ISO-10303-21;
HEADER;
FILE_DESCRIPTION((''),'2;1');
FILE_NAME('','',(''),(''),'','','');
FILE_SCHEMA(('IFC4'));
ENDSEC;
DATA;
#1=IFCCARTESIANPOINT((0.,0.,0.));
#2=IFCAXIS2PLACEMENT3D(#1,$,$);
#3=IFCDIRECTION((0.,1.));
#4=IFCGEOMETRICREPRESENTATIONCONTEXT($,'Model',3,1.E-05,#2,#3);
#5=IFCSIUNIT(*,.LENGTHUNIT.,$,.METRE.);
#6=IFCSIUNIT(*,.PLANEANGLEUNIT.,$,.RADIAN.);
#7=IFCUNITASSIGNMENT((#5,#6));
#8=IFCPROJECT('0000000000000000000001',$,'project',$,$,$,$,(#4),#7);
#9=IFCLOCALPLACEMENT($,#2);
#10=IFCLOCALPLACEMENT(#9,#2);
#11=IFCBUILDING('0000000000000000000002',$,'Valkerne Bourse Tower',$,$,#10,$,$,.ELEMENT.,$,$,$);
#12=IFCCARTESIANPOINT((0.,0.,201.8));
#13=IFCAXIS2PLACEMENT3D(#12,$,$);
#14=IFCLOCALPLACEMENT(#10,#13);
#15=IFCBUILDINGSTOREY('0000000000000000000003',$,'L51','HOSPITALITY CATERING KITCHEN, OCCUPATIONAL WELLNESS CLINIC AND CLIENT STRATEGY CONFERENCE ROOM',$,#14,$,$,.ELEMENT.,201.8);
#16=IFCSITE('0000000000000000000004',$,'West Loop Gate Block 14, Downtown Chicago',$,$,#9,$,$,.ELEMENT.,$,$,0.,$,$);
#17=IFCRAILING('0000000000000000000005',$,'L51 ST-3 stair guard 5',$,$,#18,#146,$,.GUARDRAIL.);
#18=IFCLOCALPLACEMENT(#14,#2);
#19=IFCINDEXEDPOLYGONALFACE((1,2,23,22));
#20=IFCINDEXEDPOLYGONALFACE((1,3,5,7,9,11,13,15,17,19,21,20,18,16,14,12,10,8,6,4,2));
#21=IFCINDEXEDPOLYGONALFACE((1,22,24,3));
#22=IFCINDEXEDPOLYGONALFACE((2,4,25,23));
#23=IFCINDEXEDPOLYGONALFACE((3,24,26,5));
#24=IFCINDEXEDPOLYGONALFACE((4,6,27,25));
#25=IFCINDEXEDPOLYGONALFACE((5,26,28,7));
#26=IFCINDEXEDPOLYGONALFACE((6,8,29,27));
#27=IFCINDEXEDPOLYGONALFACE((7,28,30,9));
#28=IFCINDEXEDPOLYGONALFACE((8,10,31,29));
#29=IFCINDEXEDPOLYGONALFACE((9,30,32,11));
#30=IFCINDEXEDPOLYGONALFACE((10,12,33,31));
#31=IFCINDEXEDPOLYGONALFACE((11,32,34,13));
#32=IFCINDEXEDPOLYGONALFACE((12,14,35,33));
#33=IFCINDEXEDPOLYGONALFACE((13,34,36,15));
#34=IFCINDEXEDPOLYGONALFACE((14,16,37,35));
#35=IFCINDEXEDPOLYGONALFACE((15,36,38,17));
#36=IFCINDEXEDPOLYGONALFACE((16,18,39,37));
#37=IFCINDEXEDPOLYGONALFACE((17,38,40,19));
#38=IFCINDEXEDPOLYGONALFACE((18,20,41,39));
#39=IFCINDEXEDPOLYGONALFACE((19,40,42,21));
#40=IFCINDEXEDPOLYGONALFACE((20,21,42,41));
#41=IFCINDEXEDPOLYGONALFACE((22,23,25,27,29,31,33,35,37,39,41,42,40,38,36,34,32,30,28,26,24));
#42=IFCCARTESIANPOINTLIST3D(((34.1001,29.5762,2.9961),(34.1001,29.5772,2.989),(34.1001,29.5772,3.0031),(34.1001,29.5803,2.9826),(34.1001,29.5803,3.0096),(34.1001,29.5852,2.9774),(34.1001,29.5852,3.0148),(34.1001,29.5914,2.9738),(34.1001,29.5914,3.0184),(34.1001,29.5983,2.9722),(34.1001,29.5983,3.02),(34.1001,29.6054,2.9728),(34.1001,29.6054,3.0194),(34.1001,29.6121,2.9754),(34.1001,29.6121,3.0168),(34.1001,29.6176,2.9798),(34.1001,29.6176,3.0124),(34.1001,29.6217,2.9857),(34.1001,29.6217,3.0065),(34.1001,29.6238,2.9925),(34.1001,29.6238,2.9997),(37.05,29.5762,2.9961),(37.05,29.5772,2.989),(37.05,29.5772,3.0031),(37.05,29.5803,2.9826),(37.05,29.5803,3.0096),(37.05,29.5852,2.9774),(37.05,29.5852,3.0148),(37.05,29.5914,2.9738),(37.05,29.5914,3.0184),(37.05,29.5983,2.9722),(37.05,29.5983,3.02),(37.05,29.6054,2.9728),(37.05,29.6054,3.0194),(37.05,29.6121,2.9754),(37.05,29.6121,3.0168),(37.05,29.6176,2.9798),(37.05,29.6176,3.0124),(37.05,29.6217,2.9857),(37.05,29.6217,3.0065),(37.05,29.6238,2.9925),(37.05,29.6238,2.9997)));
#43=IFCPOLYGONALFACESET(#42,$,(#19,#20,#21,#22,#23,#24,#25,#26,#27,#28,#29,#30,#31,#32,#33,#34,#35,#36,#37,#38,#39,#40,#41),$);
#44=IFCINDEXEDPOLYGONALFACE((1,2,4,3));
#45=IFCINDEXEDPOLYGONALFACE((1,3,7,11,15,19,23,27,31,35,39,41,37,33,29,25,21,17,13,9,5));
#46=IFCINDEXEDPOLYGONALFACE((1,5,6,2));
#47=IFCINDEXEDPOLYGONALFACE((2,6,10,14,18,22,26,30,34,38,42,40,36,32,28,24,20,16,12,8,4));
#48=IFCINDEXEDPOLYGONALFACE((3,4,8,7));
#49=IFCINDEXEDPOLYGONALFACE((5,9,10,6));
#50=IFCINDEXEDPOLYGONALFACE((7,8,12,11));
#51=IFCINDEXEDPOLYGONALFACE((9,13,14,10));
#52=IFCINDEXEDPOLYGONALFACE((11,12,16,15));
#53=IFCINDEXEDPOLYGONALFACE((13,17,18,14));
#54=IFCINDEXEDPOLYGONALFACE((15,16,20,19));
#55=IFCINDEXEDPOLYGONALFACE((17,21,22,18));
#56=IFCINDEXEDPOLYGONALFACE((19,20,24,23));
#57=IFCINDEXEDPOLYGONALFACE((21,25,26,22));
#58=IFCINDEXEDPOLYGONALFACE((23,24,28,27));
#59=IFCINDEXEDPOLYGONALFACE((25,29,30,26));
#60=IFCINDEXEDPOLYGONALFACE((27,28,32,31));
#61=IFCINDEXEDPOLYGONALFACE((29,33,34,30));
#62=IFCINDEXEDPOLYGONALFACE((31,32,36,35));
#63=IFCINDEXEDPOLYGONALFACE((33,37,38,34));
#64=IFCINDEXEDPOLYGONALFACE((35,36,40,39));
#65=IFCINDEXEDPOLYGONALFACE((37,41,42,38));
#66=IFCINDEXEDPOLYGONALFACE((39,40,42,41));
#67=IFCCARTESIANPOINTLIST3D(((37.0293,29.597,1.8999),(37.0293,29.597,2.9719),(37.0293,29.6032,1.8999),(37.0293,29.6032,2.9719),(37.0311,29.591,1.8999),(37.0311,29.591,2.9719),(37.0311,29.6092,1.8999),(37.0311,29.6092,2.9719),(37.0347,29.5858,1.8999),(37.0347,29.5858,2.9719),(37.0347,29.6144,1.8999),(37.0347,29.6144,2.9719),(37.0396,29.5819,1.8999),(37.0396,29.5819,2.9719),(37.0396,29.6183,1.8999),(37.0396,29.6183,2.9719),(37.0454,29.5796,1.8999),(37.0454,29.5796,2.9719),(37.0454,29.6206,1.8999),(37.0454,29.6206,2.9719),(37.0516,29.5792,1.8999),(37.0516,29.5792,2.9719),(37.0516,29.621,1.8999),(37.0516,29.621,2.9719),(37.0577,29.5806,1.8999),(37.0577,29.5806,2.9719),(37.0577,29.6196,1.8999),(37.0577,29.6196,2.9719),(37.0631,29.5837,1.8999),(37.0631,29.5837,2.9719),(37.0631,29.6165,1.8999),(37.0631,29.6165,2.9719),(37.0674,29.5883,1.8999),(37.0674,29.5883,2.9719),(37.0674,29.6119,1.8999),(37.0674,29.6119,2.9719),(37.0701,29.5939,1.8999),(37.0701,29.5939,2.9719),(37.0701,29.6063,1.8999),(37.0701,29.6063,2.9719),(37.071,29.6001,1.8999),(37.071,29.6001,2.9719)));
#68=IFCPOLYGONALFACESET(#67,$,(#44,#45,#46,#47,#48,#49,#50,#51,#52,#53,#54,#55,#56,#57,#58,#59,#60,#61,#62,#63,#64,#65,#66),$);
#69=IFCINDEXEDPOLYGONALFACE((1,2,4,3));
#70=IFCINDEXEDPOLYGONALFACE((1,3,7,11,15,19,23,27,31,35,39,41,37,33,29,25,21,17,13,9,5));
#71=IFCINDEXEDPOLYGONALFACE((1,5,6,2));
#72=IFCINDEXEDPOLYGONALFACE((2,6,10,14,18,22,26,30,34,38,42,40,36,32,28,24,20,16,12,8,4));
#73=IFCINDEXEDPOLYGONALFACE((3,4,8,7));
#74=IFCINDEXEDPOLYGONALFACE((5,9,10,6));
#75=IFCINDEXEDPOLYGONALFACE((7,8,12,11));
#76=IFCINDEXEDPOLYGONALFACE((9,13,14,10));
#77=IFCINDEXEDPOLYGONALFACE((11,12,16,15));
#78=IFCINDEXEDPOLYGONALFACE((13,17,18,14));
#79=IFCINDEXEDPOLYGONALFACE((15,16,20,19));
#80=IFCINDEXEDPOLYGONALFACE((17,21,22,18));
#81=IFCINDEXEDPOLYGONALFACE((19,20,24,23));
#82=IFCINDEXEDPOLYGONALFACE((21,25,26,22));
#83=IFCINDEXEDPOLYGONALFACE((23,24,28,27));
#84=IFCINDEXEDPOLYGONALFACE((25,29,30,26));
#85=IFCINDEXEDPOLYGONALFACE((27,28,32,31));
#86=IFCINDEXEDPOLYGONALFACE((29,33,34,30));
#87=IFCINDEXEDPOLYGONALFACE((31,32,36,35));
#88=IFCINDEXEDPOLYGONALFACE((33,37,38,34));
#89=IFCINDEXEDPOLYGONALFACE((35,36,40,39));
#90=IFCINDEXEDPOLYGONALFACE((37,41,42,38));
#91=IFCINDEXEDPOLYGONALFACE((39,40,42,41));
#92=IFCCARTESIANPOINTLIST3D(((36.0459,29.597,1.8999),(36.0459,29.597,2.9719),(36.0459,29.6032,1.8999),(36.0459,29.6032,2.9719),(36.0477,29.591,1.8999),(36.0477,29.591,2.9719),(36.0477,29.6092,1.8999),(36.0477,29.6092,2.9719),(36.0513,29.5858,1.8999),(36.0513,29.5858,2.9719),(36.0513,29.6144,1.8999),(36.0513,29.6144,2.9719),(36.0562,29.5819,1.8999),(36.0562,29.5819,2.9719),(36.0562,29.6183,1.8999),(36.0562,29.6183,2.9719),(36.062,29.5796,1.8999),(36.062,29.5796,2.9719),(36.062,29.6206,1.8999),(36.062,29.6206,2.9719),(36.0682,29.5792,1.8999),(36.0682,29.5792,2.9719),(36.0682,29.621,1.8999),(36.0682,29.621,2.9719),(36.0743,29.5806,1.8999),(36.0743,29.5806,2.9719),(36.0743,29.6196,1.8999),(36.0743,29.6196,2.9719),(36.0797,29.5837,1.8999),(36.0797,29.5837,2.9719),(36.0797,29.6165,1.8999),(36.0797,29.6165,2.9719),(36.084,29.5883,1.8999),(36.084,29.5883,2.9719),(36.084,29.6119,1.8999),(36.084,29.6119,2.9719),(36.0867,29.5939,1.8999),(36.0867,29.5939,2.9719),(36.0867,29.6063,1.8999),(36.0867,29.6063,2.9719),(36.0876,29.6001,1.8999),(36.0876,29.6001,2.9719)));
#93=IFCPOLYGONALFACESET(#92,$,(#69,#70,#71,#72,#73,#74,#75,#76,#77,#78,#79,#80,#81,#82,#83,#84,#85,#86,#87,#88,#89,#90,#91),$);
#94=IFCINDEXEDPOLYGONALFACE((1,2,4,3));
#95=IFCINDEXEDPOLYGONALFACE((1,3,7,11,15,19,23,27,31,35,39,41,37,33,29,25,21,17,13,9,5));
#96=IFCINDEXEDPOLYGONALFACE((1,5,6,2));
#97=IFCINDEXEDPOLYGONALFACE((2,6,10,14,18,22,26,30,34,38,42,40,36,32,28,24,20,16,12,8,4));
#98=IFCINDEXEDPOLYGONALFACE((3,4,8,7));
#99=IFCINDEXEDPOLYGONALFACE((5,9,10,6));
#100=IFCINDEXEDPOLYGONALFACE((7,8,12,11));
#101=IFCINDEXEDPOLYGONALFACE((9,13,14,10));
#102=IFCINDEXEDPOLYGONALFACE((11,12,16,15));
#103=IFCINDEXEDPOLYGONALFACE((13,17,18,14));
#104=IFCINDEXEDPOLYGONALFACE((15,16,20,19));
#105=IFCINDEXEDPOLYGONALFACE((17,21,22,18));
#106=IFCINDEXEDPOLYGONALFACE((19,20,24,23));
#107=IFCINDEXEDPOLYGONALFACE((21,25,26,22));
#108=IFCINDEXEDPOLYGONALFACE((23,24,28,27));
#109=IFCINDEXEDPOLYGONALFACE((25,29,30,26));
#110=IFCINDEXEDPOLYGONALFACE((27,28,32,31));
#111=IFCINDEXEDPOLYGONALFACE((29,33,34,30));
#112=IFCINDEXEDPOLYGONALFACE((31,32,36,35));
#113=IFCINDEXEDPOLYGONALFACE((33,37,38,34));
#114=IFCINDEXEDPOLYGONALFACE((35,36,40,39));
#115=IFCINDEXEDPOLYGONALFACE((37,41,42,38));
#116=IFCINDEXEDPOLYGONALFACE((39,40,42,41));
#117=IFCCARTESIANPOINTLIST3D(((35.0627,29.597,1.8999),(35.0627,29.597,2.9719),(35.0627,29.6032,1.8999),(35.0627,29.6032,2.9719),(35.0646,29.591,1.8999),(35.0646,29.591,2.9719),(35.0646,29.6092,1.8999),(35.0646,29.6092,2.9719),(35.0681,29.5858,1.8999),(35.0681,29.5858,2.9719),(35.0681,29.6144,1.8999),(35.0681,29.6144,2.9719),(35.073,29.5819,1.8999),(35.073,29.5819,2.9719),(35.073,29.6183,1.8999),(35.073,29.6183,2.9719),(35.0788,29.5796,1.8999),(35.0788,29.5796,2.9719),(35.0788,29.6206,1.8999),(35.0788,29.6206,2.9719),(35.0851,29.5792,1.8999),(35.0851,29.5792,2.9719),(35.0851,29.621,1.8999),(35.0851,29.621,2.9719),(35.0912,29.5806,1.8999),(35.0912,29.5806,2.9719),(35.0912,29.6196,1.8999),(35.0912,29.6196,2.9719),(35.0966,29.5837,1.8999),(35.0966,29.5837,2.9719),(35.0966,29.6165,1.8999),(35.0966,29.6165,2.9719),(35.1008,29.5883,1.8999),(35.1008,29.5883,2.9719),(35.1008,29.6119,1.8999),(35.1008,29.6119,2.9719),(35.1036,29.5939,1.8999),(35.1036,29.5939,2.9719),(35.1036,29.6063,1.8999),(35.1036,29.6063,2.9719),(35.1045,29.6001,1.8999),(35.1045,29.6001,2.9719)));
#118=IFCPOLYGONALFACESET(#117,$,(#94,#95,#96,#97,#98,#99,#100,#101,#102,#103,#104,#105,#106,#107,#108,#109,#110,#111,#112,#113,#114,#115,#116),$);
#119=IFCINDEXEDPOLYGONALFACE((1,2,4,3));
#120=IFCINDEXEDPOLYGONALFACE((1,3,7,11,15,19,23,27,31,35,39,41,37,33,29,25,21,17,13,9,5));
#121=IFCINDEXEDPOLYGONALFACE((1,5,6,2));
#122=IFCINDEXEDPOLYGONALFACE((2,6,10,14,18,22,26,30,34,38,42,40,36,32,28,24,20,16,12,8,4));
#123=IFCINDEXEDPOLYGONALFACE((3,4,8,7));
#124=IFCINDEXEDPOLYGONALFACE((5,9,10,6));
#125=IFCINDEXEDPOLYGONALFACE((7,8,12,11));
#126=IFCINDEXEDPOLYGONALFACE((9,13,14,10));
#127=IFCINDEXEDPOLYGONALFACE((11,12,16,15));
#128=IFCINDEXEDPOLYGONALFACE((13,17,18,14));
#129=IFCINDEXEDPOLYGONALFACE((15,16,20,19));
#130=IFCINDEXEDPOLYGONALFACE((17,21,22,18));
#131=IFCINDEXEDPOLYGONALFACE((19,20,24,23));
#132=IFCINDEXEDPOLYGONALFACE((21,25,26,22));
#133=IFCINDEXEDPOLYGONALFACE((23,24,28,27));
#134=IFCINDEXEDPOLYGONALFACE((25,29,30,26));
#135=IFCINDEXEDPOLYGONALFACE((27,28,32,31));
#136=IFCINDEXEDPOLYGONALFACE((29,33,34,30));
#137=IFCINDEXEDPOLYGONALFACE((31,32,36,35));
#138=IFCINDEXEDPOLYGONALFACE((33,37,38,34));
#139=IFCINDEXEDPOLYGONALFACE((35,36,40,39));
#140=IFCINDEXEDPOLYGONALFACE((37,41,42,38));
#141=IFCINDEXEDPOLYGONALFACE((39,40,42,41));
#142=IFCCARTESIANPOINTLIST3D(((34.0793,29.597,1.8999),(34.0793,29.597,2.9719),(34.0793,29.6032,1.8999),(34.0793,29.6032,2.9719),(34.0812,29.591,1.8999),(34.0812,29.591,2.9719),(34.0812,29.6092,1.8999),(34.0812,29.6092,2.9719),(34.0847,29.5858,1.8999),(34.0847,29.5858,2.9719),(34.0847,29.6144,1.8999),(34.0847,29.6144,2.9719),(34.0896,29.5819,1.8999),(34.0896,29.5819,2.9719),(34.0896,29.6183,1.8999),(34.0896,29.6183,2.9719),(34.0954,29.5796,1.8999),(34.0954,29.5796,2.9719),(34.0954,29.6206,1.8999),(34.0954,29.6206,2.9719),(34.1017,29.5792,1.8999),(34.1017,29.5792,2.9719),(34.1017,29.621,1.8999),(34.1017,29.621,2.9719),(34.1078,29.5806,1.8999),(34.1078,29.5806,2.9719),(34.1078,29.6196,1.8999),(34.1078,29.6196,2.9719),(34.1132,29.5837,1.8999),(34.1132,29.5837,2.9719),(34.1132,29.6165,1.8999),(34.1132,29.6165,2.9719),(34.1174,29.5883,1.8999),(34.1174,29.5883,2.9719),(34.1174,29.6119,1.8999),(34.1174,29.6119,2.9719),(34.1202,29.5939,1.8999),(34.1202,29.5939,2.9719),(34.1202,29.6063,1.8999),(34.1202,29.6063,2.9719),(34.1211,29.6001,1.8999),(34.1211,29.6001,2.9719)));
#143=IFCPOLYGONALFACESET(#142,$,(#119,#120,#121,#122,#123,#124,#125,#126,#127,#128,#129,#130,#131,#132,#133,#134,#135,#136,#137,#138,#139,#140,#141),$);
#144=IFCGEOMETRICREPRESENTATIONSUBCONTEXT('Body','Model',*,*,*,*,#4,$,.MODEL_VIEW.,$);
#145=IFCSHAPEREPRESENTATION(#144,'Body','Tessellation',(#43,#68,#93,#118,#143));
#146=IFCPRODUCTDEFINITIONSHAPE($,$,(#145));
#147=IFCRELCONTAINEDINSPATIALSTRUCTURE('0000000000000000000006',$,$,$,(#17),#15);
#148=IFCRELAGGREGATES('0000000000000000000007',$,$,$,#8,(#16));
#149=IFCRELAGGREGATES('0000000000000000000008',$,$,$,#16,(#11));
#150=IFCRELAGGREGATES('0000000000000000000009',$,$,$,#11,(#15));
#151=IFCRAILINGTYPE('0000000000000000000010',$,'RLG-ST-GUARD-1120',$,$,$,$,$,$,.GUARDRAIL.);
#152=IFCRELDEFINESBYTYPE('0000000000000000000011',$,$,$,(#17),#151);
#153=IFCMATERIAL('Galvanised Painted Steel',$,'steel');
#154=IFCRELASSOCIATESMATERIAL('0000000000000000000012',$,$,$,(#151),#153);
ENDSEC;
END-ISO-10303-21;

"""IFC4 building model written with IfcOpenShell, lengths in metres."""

from ifc_helpers import new_model, si_unit, direction, frame, origin, origin_2d, place, context, subcontext, project, spatial, circle, extrude, material, type_object, element, save


model = new_model("IFC4")

# Units and contexts
model_context = context("Model", 3, precision=1e-05, world=origin(), true_north=direction((0.0, 1.0)))
body_context = subcontext(model_context, "Body", "Model", "MODEL_VIEW")
ifc_project = project(units=[si_unit("LENGTHUNIT", "METRE"), si_unit("PLANEANGLEUNIT", "RADIAN")], contexts=[model_context])

# Site, building, storey
site_placement = place(None, origin())
site = spatial("IfcSite", under=ifc_project, at=site_placement, Name="West Loop Gate Block 14, Downtown Chicago", CompositionType="ELEMENT", RefElevation=0.0)
building_placement = place(site_placement, origin())
building = spatial("IfcBuilding", under=site, at=building_placement, Name="Valkerne Bourse Tower", CompositionType="ELEMENT")
storey_placement = place(building_placement, frame((0.0, 0.0, 201.8)))
storey = spatial("IfcBuildingStorey", under=building, at=storey_placement, Name="L51", Description="HOSPITALITY CATERING KITCHEN, OCCUPATIONAL WELLNESS CLINIC AND CLIENT STRATEGY CONFERENCE ROOM", CompositionType="ELEMENT", Elevation=201.8)

# Railing
ifc_material_1 = material(Name="Galvanised Painted Steel", Category="steel")
railing_type = type_object("IfcRailingType", Name="RLG-ST-GUARD-1120", PredefinedType="GUARDRAIL", material=ifc_material_1)
railing_1_placement = place(storey_placement, frame((37.05, 29.6001, 1.8999)))
element("IfcRailing", 1, at=railing_1_placement, inside=storey, type_object=railing_type, Name="L51 ST-3 stair guard 5", PredefinedType="GUARDRAIL", context=body_context, shape_type="SweptSolid", body=[
    extrude(circle(Radius=0.0239, at=origin_2d()), frame((0.0, 0.0, 1.0962), z_axis=(-1.0, 0.0, 0.0), x_axis=(0.0, -1.0, 0.0)), (0.0, 0.0, 1.0), 2.95),
    extrude(circle(Radius=0.021, at=origin_2d()), origin(), (0.0, 0.0, 1.0), 1.072),
    extrude(circle(Radius=0.021, at=origin_2d()), frame((-0.9834, 0.0, 0.0)), (0.0, 0.0, 1.0), 1.072),
    extrude(circle(Radius=0.021, at=origin_2d()), frame((-1.9666, 0.0, 0.0)), (0.0, 0.0, 1.0), 1.072),
    extrude(circle(Radius=0.021, at=origin_2d()), frame((-2.95, 0.0, 0.0)), (0.0, 0.0, 1.0), 1.072),
])

save(model, "model.ifc")
